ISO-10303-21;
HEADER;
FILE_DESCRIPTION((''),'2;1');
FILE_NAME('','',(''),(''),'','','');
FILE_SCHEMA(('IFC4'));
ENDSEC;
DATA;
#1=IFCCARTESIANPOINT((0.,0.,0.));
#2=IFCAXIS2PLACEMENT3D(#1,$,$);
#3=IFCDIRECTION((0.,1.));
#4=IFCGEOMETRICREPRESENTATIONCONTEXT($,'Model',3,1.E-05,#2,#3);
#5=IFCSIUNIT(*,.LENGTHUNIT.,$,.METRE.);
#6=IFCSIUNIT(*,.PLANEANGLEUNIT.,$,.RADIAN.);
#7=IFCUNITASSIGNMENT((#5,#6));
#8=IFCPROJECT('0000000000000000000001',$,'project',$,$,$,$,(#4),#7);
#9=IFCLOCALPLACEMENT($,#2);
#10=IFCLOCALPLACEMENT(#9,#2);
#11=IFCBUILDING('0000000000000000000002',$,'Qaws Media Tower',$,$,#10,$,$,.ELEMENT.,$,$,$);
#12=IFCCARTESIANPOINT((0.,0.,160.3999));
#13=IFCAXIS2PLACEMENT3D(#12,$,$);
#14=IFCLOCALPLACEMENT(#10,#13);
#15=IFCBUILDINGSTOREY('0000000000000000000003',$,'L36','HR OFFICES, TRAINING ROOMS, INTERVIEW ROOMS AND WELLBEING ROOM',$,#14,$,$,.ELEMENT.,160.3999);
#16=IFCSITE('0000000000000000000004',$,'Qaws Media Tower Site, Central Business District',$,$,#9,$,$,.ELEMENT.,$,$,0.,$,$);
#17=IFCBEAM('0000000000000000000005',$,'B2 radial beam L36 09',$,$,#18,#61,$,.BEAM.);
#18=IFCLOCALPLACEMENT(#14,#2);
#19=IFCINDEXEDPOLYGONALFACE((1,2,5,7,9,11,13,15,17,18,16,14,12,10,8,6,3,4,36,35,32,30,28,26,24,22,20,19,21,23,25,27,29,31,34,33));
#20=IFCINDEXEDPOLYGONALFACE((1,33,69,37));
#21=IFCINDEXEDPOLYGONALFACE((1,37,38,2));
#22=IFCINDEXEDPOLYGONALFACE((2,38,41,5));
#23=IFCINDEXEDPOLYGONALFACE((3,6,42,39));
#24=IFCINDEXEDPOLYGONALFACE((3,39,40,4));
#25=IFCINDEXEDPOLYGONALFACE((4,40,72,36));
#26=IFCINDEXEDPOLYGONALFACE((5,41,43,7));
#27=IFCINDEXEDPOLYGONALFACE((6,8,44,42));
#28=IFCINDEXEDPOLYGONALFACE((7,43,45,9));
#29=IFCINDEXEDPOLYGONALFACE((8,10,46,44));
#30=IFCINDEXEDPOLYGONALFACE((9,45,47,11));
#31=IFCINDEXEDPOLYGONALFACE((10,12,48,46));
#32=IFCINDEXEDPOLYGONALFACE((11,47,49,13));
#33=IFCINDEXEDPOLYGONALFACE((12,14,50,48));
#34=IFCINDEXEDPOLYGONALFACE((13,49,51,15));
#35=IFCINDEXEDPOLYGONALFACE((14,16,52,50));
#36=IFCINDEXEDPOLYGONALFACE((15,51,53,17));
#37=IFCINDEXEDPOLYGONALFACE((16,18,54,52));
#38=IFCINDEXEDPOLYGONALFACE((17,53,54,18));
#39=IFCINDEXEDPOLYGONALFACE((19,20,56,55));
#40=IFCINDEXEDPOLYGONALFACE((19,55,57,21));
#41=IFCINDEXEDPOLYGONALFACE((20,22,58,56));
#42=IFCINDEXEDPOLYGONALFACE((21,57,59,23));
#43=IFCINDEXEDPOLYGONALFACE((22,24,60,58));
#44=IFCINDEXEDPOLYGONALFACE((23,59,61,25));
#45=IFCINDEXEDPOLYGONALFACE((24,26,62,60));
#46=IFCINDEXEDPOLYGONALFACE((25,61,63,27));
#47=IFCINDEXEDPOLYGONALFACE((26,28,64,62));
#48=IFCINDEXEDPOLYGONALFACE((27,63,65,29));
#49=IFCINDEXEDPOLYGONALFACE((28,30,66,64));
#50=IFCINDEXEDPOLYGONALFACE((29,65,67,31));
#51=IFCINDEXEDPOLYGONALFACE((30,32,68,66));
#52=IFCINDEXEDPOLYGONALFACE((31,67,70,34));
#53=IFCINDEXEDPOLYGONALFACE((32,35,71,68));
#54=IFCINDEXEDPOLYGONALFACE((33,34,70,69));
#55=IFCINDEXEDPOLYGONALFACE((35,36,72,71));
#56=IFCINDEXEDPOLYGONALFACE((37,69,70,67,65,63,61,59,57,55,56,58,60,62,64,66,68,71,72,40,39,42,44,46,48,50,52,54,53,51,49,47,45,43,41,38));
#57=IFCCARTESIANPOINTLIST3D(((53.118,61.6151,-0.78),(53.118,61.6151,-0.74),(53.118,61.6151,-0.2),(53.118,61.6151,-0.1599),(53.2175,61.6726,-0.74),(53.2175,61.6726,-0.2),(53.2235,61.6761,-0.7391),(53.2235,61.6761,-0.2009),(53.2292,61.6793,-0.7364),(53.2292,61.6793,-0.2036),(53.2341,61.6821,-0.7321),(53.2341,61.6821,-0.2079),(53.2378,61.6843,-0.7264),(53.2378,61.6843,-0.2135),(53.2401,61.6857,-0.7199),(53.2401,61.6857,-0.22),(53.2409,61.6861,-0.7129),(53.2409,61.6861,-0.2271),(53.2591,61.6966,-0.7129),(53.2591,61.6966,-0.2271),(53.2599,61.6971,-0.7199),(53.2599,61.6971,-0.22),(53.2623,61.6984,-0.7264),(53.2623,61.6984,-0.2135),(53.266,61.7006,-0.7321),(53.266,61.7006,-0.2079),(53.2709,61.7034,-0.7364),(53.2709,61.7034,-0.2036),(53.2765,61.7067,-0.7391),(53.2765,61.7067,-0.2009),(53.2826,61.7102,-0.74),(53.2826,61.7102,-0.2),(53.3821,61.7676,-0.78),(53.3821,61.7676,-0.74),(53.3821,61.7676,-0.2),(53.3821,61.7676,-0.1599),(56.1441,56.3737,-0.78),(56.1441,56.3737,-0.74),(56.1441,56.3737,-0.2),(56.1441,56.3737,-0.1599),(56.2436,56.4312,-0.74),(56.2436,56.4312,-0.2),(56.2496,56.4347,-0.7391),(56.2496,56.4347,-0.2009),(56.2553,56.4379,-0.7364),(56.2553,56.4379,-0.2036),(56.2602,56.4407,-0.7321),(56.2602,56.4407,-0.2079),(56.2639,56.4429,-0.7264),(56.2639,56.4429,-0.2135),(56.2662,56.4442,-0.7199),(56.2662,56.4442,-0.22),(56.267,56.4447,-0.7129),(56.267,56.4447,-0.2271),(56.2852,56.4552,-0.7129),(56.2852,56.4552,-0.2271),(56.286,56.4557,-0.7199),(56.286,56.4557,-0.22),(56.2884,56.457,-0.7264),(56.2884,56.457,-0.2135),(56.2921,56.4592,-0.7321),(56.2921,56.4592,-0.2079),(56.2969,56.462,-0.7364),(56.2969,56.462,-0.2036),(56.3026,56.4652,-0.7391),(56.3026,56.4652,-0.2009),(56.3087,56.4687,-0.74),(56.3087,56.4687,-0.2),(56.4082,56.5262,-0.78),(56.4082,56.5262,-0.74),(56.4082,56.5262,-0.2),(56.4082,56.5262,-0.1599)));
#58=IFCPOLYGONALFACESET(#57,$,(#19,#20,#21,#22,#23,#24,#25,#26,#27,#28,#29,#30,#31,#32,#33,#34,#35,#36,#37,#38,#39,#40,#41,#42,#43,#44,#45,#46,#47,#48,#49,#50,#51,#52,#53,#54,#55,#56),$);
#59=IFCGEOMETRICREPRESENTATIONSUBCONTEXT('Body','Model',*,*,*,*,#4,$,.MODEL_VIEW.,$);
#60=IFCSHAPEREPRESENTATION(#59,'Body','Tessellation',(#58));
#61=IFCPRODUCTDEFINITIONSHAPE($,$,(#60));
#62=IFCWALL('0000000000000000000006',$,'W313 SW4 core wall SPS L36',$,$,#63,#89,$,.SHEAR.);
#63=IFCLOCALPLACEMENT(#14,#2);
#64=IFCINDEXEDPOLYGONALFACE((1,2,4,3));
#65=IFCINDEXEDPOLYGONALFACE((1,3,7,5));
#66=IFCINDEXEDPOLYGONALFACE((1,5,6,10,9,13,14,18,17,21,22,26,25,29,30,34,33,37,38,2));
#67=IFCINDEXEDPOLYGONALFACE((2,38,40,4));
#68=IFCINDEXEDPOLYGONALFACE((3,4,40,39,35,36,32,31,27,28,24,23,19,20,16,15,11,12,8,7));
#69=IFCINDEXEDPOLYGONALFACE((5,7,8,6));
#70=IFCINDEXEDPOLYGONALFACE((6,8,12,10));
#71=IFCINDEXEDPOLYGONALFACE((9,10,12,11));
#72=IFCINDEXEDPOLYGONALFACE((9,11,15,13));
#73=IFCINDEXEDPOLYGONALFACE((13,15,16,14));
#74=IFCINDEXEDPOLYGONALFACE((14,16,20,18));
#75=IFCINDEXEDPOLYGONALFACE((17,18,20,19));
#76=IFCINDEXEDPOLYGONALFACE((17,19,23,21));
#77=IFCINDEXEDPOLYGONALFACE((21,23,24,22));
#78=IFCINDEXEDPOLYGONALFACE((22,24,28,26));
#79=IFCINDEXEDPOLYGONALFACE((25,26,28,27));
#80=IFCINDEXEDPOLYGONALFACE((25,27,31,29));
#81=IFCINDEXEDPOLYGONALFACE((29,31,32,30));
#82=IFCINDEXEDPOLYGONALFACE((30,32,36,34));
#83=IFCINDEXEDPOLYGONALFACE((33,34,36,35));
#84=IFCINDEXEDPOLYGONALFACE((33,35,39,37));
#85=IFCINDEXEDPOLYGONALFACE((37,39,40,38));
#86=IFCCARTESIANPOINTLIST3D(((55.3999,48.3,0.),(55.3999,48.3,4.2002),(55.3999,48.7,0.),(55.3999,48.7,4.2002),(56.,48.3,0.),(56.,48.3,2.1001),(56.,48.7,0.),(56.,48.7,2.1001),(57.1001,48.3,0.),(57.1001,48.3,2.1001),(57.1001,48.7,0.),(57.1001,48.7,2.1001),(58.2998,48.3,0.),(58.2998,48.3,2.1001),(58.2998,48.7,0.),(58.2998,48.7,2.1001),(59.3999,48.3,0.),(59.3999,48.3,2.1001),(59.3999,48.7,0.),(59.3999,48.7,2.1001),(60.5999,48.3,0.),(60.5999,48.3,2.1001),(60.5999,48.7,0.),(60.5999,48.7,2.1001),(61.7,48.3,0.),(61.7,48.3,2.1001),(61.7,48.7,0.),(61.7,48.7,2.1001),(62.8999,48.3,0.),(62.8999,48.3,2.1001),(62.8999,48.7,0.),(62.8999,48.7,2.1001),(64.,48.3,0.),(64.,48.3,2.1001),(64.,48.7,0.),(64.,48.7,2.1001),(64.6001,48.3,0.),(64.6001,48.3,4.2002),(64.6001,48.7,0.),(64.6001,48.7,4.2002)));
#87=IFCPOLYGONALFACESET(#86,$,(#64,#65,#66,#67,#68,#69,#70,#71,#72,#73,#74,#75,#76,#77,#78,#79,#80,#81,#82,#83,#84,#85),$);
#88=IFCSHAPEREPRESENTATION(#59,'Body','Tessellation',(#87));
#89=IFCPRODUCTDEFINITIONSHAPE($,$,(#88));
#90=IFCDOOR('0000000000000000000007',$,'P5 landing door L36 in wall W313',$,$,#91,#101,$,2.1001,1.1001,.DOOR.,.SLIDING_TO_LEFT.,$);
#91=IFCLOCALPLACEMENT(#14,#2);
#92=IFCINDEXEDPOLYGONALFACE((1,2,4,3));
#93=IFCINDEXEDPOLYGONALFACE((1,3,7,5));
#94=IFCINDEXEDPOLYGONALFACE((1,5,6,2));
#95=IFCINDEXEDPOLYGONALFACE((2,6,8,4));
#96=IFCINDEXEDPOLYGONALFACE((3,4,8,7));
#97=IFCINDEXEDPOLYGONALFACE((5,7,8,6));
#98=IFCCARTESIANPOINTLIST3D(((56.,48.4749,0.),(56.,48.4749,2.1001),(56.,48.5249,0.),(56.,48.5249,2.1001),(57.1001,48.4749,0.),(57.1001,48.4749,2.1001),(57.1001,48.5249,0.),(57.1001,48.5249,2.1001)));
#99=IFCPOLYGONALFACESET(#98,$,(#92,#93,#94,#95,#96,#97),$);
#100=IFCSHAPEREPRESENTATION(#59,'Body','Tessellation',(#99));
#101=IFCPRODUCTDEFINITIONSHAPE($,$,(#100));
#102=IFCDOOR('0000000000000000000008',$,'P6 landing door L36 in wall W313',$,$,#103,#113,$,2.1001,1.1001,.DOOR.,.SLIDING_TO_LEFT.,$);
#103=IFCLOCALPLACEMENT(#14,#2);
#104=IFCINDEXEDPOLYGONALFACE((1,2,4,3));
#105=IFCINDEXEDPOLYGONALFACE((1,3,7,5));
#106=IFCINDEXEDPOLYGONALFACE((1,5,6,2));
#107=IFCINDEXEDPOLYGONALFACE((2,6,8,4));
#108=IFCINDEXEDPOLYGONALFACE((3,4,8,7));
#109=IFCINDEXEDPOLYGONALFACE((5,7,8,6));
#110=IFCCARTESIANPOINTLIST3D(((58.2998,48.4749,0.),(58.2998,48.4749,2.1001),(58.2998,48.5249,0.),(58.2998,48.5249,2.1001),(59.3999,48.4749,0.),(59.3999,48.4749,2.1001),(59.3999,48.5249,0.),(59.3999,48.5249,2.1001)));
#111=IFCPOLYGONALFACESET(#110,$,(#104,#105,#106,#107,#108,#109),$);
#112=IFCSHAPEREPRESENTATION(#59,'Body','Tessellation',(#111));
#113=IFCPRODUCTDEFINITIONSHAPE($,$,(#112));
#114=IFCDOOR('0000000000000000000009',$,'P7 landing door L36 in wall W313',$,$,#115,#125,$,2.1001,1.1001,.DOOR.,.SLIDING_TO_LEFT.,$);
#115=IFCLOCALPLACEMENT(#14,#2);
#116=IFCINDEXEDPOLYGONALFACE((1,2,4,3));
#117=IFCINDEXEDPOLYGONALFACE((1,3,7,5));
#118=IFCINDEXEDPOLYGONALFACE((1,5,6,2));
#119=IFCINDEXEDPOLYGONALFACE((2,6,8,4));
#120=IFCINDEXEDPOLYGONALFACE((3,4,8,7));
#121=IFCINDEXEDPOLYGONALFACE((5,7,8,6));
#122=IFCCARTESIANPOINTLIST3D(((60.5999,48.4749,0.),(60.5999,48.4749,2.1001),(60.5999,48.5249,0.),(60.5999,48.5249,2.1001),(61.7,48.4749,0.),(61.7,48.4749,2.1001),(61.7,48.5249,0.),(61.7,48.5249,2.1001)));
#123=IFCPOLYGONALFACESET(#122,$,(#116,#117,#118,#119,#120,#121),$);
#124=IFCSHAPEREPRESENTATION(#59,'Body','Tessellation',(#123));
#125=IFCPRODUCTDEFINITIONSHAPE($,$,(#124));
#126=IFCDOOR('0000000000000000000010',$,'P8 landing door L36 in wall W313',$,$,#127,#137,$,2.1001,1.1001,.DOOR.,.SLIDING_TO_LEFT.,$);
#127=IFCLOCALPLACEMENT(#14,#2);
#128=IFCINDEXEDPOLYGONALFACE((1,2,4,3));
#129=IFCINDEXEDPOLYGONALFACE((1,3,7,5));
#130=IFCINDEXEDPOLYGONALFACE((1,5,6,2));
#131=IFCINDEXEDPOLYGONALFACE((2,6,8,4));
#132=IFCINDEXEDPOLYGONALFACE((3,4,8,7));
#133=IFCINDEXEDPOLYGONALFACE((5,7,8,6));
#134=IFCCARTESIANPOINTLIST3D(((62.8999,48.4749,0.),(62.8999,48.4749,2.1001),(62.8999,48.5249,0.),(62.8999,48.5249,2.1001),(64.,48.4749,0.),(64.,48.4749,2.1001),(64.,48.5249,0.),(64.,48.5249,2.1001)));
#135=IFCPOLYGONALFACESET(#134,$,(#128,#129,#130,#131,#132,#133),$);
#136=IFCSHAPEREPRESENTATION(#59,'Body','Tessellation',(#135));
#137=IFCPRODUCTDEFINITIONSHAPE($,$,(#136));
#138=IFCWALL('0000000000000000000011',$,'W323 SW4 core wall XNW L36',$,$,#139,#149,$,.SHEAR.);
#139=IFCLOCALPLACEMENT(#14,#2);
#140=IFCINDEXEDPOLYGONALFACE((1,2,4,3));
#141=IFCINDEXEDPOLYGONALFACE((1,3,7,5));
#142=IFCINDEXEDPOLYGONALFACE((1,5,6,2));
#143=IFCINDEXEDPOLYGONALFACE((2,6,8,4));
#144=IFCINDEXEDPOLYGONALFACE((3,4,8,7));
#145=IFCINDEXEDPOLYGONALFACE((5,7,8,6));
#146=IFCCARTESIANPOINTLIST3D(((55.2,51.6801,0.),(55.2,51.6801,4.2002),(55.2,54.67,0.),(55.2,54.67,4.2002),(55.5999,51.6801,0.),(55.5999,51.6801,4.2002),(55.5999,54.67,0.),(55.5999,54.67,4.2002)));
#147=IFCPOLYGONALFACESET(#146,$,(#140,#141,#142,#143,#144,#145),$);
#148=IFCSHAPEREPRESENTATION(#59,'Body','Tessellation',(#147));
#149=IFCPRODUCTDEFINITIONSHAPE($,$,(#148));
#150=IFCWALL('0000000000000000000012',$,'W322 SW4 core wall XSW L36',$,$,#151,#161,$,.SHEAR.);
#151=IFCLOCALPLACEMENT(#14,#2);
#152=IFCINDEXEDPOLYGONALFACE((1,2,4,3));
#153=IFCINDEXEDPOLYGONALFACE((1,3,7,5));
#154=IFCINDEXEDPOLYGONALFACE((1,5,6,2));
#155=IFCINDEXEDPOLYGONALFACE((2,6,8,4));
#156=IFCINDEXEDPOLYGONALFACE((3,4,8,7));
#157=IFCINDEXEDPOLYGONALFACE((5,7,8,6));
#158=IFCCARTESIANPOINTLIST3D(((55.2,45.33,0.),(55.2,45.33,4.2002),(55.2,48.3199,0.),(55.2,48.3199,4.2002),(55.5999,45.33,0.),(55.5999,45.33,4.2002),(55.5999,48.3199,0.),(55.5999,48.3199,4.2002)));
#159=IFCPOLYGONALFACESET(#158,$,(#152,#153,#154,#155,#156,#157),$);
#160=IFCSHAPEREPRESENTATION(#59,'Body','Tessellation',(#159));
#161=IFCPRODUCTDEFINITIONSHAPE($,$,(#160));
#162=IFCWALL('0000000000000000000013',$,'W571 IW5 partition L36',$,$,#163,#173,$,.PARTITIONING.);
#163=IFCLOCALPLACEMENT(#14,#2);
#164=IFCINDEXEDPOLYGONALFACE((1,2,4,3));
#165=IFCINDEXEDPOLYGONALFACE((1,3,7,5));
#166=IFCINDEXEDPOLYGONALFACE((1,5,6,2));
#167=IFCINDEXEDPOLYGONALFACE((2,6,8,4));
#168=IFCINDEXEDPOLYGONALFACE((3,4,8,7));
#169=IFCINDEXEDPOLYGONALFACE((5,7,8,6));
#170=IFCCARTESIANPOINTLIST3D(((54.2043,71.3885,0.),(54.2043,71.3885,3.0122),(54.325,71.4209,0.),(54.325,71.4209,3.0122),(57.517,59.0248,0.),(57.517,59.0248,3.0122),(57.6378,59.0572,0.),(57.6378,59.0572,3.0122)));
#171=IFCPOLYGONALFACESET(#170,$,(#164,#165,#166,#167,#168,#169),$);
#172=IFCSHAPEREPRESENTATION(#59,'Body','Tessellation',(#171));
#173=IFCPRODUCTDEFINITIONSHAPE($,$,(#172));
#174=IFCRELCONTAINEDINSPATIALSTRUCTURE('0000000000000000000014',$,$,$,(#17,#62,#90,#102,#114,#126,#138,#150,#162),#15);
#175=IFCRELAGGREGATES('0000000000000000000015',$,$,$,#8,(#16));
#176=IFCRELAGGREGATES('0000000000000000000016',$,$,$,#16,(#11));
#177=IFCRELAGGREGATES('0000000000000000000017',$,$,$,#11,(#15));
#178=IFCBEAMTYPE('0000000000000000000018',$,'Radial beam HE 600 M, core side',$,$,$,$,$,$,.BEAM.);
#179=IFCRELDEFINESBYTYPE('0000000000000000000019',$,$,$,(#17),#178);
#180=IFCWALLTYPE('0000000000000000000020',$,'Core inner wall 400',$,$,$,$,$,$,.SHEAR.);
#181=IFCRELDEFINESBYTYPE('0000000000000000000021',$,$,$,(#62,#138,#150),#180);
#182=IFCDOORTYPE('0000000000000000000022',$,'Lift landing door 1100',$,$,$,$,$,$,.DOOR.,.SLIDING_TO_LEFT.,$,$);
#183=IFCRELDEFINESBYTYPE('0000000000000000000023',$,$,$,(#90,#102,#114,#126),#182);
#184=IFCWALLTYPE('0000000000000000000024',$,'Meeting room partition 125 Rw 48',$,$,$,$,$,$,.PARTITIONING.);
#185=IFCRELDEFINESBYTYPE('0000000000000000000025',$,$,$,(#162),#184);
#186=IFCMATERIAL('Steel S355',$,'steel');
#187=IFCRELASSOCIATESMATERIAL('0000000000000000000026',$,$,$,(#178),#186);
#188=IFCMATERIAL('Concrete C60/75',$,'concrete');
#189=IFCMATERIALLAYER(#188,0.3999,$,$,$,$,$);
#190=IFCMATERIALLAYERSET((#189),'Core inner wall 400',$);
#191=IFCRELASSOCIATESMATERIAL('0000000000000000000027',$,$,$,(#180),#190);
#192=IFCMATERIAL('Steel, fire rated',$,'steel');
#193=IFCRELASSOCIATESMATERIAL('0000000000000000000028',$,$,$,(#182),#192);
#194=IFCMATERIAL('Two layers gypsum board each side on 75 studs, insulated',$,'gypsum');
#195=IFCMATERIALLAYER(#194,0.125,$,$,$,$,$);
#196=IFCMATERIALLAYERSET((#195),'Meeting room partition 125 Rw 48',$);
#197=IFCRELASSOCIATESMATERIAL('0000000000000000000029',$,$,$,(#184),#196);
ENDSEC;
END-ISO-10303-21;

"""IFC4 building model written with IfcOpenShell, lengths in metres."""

from ifc_helpers import new_model, si_unit, direction, frame, frame_2d, origin, origin_2d, place, context, subcontext, project, spatial, rectangle, i_section, extrude, material, layer, layer_set, material_profile, profile_set, type_object, element, fill, save


model = new_model("IFC4")

# Units and contexts
model_context = context("Model", 3, precision=1e-05, world=origin(), true_north=direction((0.0, 1.0)))
body_context = subcontext(model_context, "Body", "Model", "MODEL_VIEW")
ifc_project = project(units=[si_unit("LENGTHUNIT", "METRE"), si_unit("PLANEANGLEUNIT", "RADIAN")], contexts=[model_context])

# Site, building, storey
site_placement = place(None, origin())
site = spatial("IfcSite", under=ifc_project, at=site_placement, Name="Qaws Media Tower Site, Central Business District", CompositionType="ELEMENT", RefElevation=0.0)
building_placement = place(site_placement, origin())
building = spatial("IfcBuilding", under=site, at=building_placement, Name="Qaws Media Tower", CompositionType="ELEMENT")
storey_placement = place(building_placement, frame((0.0, 0.0, 160.3999)))
storey = spatial("IfcBuildingStorey", under=building, at=storey_placement, Name="L36", Description="HR OFFICES, TRAINING ROOMS, INTERVIEW ROOMS AND WELLBEING ROOM", CompositionType="ELEMENT", Elevation=160.3999)

# Beam
ifc_material_1 = material(Name="Steel S355", Category="steel")
ifc_material_profile_1 = material_profile(ifc_material_1, i_section(OverallWidth=0.3049, OverallDepth=0.6201, WebThickness=0.021, FlangeThickness=0.04, FilletRadius=0.0271, at=origin_2d()), Name="HE 600 M")
ifc_profile_set_1 = profile_set([ifc_material_profile_1], Name="Steel S355")
beam_type_1 = type_object("IfcBeamType", Name="Radial beam HE 600 M, core side", PredefinedType="BEAM", material=ifc_profile_set_1)
beam_1_placement = place(storey_placement, frame((56.2761, 56.45, -0.47), z_axis=(-0.499996, 0.866028, 0.0), x_axis=(-0.866028, -0.499996, 0.0)))
element("IfcBeam", 1, at=beam_1_placement, inside=storey, type_object=beam_type_1, Name="B2 radial beam L36 09", PredefinedType="BEAM", context=body_context, shape_type="SweptSolid", body=[
    extrude(i_section(OverallWidth=0.3049, OverallDepth=0.6201, WebThickness=0.021, FlangeThickness=0.04, FilletRadius=0.0271, at=origin_2d()), origin(), (0.0, 0.0, 1.0), 6.0522),
])

# Wall, openings, doors
ifc_material_2 = material(Name="Concrete C60/75", Category="concrete")
ifc_layer_1 = layer(ifc_material_2, 0.3999)
ifc_layer_set_1 = layer_set([ifc_layer_1], Name="Core inner wall 400")
wall_type_1 = type_object("IfcWallType", Name="Core inner wall 400", PredefinedType="SHEAR", material=ifc_layer_set_1)
wall_1_placement = place(storey_placement, frame((55.3999, 48.5, 0.0), z_axis=(0.0, 0.0, 1.0), x_axis=(1.0, 0.0, 0.0)))
wall_1 = element("IfcWall", 2, at=wall_1_placement, inside=storey, type_object=wall_type_1, Name="W313 SW4 core wall SPS L36", PredefinedType="SHEAR", context=body_context, shape_type="SweptSolid", body=[
    extrude(rectangle(XDim=9.2002, YDim=0.3999, at=frame_2d((4.6001, 0.0))), origin(), (0.0, 0.0, 1.0), 4.2002),
])
opening_1_placement = place(wall_1_placement, frame((0.6001, 0.0, 0.0)))
opening_1 = element("IfcOpeningElement", 3, at=opening_1_placement, cuts=wall_1, PredefinedType="OPENING", context=body_context, shape_type="SweptSolid", body=[
    extrude(rectangle(XDim=1.1001, YDim=2.1001, at=frame_2d((0.55, 1.05))), frame((0.0, 0.21, 0.0), z_axis=(0.0, -1.0, 0.0), x_axis=(1.0, 0.0, 0.0)), (0.0, 0.0, 1.0), 0.4199),
])
opening_2_placement = place(wall_1_placement, frame((2.8999, 0.0, 0.0)))
opening_2 = element("IfcOpeningElement", 4, at=opening_2_placement, cuts=wall_1, PredefinedType="OPENING", context=body_context, shape_type="SweptSolid", body=[
    extrude(rectangle(XDim=1.1001, YDim=2.1001, at=frame_2d((0.55, 1.05))), frame((0.0, 0.21, 0.0), z_axis=(0.0, -1.0, 0.0), x_axis=(1.0, 0.0, 0.0)), (0.0, 0.0, 1.0), 0.4199),
])
opening_3_placement = place(wall_1_placement, frame((5.2, 0.0, 0.0)))
opening_3 = element("IfcOpeningElement", 5, at=opening_3_placement, cuts=wall_1, PredefinedType="OPENING", context=body_context, shape_type="SweptSolid", body=[
    extrude(rectangle(XDim=1.1001, YDim=2.1001, at=frame_2d((0.55, 1.05))), frame((0.0, 0.21, 0.0), z_axis=(0.0, -1.0, 0.0), x_axis=(1.0, 0.0, 0.0)), (0.0, 0.0, 1.0), 0.4199),
])
opening_4_placement = place(wall_1_placement, frame((7.5, 0.0, 0.0)))
opening_4 = element("IfcOpeningElement", 6, at=opening_4_placement, cuts=wall_1, PredefinedType="OPENING", context=body_context, shape_type="SweptSolid", body=[
    extrude(rectangle(XDim=1.1001, YDim=2.1001, at=frame_2d((0.55, 1.05))), frame((0.0, 0.21, 0.0), z_axis=(0.0, -1.0, 0.0), x_axis=(1.0, 0.0, 0.0)), (0.0, 0.0, 1.0), 0.4199),
])
ifc_material_3 = material(Name="Steel, fire rated", Category="steel")
door_type_1 = type_object("IfcDoorType", Name="Lift landing door 1100", OperationType="SLIDING_TO_LEFT", PredefinedType="DOOR", material=ifc_material_3)
door_1_placement = place(opening_1_placement, origin())
door_1 = element("IfcDoor", 7, at=door_1_placement, inside=storey, type_object=door_type_1, Name="P5 landing door L36 in wall W313", OperationType="SLIDING_TO_LEFT", OverallHeight=2.1001, OverallWidth=1.1001, PredefinedType="DOOR", context=body_context, shape_type="SweptSolid", body=[
    extrude(rectangle(XDim=1.1001, YDim=2.1001, at=frame_2d((0.55, 1.05))), frame((0.0, 0.0249, 0.0), z_axis=(0.0, -1.0, 0.0), x_axis=(1.0, 0.0, 0.0)), (0.0, 0.0, 1.0), 0.05),
])
fill(opening_1, door_1)
door_2_placement = place(opening_2_placement, origin())
door_2 = element("IfcDoor", 8, at=door_2_placement, inside=storey, type_object=door_type_1, Name="P6 landing door L36 in wall W313", OperationType="SLIDING_TO_LEFT", OverallHeight=2.1001, OverallWidth=1.1001, PredefinedType="DOOR", context=body_context, shape_type="SweptSolid", body=[
    extrude(rectangle(XDim=1.1001, YDim=2.1001, at=frame_2d((0.55, 1.05))), frame((0.0, 0.0249, 0.0), z_axis=(0.0, -1.0, 0.0), x_axis=(1.0, 0.0, 0.0)), (0.0, 0.0, 1.0), 0.05),
])
fill(opening_2, door_2)
door_3_placement = place(opening_3_placement, origin())
door_3 = element("IfcDoor", 9, at=door_3_placement, inside=storey, type_object=door_type_1, Name="P7 landing door L36 in wall W313", OperationType="SLIDING_TO_LEFT", OverallHeight=2.1001, OverallWidth=1.1001, PredefinedType="DOOR", context=body_context, shape_type="SweptSolid", body=[
    extrude(rectangle(XDim=1.1001, YDim=2.1001, at=frame_2d((0.55, 1.05))), frame((0.0, 0.0249, 0.0), z_axis=(0.0, -1.0, 0.0), x_axis=(1.0, 0.0, 0.0)), (0.0, 0.0, 1.0), 0.05),
])
fill(opening_3, door_3)
door_4_placement = place(opening_4_placement, origin())
door_4 = element("IfcDoor", 10, at=door_4_placement, inside=storey, type_object=door_type_1, Name="P8 landing door L36 in wall W313", OperationType="SLIDING_TO_LEFT", OverallHeight=2.1001, OverallWidth=1.1001, PredefinedType="DOOR", context=body_context, shape_type="SweptSolid", body=[
    extrude(rectangle(XDim=1.1001, YDim=2.1001, at=frame_2d((0.55, 1.05))), frame((0.0, 0.0249, 0.0), z_axis=(0.0, -1.0, 0.0), x_axis=(1.0, 0.0, 0.0)), (0.0, 0.0, 1.0), 0.05),
])
fill(opening_4, door_4)

# Walls
for number, where, z_axis, x_axis, name in (
    (11, (55.3999, 51.6799, 0.0), (0.0, 0.0, 1.0), (0.0, 1.0, 0.0), "W323 SW4 core wall XNW L36"),
    (12, (55.3999, 48.3201, 0.0), (0.0, 0.0, 1.0), (0.0, -1.0, 0.0), "W322 SW4 core wall XSW L36"),
):
    element("IfcWall", number, at=place(storey_placement, frame(where, z_axis=z_axis, x_axis=x_axis)), inside=storey, type_object=wall_type_1, Name=name, PredefinedType="SHEAR", context=body_context, shape_type="SweptSolid", body=[
        extrude(rectangle(XDim=2.99, YDim=0.3999, at=frame_2d((1.4951, 0.0))), origin(), (0.0, 0.0, 1.0), 4.2002),
    ])
ifc_material_4 = material(Name="Two layers gypsum board each side on 75 studs, insulated", Category="gypsum")
ifc_layer_2 = layer(ifc_material_4, 0.125)
ifc_layer_set_2 = layer_set([ifc_layer_2], Name="Meeting room partition 125 Rw 48")
wall_type_2 = type_object("IfcWallType", Name="Meeting room partition 125 Rw 48", PredefinedType="PARTITIONING", material=ifc_layer_set_2)
wall_2_placement = place(storey_placement, frame((57.5774, 59.041, 0.0), z_axis=(0.0, 0.0, 1.0), x_axis=(-0.25881, 0.965928, 0.0)))
element("IfcWall", 13, at=wall_2_placement, inside=storey, type_object=wall_type_2, Name="W571 IW5 partition L36", PredefinedType="PARTITIONING", context=body_context, shape_type="SweptSolid", body=[
    extrude(rectangle(XDim=12.7998, YDim=0.125, at=frame_2d((6.3999, 0.0))), origin(), (0.0, 0.0, 1.0), 3.0122),
])

save(model, "model.ifc")
